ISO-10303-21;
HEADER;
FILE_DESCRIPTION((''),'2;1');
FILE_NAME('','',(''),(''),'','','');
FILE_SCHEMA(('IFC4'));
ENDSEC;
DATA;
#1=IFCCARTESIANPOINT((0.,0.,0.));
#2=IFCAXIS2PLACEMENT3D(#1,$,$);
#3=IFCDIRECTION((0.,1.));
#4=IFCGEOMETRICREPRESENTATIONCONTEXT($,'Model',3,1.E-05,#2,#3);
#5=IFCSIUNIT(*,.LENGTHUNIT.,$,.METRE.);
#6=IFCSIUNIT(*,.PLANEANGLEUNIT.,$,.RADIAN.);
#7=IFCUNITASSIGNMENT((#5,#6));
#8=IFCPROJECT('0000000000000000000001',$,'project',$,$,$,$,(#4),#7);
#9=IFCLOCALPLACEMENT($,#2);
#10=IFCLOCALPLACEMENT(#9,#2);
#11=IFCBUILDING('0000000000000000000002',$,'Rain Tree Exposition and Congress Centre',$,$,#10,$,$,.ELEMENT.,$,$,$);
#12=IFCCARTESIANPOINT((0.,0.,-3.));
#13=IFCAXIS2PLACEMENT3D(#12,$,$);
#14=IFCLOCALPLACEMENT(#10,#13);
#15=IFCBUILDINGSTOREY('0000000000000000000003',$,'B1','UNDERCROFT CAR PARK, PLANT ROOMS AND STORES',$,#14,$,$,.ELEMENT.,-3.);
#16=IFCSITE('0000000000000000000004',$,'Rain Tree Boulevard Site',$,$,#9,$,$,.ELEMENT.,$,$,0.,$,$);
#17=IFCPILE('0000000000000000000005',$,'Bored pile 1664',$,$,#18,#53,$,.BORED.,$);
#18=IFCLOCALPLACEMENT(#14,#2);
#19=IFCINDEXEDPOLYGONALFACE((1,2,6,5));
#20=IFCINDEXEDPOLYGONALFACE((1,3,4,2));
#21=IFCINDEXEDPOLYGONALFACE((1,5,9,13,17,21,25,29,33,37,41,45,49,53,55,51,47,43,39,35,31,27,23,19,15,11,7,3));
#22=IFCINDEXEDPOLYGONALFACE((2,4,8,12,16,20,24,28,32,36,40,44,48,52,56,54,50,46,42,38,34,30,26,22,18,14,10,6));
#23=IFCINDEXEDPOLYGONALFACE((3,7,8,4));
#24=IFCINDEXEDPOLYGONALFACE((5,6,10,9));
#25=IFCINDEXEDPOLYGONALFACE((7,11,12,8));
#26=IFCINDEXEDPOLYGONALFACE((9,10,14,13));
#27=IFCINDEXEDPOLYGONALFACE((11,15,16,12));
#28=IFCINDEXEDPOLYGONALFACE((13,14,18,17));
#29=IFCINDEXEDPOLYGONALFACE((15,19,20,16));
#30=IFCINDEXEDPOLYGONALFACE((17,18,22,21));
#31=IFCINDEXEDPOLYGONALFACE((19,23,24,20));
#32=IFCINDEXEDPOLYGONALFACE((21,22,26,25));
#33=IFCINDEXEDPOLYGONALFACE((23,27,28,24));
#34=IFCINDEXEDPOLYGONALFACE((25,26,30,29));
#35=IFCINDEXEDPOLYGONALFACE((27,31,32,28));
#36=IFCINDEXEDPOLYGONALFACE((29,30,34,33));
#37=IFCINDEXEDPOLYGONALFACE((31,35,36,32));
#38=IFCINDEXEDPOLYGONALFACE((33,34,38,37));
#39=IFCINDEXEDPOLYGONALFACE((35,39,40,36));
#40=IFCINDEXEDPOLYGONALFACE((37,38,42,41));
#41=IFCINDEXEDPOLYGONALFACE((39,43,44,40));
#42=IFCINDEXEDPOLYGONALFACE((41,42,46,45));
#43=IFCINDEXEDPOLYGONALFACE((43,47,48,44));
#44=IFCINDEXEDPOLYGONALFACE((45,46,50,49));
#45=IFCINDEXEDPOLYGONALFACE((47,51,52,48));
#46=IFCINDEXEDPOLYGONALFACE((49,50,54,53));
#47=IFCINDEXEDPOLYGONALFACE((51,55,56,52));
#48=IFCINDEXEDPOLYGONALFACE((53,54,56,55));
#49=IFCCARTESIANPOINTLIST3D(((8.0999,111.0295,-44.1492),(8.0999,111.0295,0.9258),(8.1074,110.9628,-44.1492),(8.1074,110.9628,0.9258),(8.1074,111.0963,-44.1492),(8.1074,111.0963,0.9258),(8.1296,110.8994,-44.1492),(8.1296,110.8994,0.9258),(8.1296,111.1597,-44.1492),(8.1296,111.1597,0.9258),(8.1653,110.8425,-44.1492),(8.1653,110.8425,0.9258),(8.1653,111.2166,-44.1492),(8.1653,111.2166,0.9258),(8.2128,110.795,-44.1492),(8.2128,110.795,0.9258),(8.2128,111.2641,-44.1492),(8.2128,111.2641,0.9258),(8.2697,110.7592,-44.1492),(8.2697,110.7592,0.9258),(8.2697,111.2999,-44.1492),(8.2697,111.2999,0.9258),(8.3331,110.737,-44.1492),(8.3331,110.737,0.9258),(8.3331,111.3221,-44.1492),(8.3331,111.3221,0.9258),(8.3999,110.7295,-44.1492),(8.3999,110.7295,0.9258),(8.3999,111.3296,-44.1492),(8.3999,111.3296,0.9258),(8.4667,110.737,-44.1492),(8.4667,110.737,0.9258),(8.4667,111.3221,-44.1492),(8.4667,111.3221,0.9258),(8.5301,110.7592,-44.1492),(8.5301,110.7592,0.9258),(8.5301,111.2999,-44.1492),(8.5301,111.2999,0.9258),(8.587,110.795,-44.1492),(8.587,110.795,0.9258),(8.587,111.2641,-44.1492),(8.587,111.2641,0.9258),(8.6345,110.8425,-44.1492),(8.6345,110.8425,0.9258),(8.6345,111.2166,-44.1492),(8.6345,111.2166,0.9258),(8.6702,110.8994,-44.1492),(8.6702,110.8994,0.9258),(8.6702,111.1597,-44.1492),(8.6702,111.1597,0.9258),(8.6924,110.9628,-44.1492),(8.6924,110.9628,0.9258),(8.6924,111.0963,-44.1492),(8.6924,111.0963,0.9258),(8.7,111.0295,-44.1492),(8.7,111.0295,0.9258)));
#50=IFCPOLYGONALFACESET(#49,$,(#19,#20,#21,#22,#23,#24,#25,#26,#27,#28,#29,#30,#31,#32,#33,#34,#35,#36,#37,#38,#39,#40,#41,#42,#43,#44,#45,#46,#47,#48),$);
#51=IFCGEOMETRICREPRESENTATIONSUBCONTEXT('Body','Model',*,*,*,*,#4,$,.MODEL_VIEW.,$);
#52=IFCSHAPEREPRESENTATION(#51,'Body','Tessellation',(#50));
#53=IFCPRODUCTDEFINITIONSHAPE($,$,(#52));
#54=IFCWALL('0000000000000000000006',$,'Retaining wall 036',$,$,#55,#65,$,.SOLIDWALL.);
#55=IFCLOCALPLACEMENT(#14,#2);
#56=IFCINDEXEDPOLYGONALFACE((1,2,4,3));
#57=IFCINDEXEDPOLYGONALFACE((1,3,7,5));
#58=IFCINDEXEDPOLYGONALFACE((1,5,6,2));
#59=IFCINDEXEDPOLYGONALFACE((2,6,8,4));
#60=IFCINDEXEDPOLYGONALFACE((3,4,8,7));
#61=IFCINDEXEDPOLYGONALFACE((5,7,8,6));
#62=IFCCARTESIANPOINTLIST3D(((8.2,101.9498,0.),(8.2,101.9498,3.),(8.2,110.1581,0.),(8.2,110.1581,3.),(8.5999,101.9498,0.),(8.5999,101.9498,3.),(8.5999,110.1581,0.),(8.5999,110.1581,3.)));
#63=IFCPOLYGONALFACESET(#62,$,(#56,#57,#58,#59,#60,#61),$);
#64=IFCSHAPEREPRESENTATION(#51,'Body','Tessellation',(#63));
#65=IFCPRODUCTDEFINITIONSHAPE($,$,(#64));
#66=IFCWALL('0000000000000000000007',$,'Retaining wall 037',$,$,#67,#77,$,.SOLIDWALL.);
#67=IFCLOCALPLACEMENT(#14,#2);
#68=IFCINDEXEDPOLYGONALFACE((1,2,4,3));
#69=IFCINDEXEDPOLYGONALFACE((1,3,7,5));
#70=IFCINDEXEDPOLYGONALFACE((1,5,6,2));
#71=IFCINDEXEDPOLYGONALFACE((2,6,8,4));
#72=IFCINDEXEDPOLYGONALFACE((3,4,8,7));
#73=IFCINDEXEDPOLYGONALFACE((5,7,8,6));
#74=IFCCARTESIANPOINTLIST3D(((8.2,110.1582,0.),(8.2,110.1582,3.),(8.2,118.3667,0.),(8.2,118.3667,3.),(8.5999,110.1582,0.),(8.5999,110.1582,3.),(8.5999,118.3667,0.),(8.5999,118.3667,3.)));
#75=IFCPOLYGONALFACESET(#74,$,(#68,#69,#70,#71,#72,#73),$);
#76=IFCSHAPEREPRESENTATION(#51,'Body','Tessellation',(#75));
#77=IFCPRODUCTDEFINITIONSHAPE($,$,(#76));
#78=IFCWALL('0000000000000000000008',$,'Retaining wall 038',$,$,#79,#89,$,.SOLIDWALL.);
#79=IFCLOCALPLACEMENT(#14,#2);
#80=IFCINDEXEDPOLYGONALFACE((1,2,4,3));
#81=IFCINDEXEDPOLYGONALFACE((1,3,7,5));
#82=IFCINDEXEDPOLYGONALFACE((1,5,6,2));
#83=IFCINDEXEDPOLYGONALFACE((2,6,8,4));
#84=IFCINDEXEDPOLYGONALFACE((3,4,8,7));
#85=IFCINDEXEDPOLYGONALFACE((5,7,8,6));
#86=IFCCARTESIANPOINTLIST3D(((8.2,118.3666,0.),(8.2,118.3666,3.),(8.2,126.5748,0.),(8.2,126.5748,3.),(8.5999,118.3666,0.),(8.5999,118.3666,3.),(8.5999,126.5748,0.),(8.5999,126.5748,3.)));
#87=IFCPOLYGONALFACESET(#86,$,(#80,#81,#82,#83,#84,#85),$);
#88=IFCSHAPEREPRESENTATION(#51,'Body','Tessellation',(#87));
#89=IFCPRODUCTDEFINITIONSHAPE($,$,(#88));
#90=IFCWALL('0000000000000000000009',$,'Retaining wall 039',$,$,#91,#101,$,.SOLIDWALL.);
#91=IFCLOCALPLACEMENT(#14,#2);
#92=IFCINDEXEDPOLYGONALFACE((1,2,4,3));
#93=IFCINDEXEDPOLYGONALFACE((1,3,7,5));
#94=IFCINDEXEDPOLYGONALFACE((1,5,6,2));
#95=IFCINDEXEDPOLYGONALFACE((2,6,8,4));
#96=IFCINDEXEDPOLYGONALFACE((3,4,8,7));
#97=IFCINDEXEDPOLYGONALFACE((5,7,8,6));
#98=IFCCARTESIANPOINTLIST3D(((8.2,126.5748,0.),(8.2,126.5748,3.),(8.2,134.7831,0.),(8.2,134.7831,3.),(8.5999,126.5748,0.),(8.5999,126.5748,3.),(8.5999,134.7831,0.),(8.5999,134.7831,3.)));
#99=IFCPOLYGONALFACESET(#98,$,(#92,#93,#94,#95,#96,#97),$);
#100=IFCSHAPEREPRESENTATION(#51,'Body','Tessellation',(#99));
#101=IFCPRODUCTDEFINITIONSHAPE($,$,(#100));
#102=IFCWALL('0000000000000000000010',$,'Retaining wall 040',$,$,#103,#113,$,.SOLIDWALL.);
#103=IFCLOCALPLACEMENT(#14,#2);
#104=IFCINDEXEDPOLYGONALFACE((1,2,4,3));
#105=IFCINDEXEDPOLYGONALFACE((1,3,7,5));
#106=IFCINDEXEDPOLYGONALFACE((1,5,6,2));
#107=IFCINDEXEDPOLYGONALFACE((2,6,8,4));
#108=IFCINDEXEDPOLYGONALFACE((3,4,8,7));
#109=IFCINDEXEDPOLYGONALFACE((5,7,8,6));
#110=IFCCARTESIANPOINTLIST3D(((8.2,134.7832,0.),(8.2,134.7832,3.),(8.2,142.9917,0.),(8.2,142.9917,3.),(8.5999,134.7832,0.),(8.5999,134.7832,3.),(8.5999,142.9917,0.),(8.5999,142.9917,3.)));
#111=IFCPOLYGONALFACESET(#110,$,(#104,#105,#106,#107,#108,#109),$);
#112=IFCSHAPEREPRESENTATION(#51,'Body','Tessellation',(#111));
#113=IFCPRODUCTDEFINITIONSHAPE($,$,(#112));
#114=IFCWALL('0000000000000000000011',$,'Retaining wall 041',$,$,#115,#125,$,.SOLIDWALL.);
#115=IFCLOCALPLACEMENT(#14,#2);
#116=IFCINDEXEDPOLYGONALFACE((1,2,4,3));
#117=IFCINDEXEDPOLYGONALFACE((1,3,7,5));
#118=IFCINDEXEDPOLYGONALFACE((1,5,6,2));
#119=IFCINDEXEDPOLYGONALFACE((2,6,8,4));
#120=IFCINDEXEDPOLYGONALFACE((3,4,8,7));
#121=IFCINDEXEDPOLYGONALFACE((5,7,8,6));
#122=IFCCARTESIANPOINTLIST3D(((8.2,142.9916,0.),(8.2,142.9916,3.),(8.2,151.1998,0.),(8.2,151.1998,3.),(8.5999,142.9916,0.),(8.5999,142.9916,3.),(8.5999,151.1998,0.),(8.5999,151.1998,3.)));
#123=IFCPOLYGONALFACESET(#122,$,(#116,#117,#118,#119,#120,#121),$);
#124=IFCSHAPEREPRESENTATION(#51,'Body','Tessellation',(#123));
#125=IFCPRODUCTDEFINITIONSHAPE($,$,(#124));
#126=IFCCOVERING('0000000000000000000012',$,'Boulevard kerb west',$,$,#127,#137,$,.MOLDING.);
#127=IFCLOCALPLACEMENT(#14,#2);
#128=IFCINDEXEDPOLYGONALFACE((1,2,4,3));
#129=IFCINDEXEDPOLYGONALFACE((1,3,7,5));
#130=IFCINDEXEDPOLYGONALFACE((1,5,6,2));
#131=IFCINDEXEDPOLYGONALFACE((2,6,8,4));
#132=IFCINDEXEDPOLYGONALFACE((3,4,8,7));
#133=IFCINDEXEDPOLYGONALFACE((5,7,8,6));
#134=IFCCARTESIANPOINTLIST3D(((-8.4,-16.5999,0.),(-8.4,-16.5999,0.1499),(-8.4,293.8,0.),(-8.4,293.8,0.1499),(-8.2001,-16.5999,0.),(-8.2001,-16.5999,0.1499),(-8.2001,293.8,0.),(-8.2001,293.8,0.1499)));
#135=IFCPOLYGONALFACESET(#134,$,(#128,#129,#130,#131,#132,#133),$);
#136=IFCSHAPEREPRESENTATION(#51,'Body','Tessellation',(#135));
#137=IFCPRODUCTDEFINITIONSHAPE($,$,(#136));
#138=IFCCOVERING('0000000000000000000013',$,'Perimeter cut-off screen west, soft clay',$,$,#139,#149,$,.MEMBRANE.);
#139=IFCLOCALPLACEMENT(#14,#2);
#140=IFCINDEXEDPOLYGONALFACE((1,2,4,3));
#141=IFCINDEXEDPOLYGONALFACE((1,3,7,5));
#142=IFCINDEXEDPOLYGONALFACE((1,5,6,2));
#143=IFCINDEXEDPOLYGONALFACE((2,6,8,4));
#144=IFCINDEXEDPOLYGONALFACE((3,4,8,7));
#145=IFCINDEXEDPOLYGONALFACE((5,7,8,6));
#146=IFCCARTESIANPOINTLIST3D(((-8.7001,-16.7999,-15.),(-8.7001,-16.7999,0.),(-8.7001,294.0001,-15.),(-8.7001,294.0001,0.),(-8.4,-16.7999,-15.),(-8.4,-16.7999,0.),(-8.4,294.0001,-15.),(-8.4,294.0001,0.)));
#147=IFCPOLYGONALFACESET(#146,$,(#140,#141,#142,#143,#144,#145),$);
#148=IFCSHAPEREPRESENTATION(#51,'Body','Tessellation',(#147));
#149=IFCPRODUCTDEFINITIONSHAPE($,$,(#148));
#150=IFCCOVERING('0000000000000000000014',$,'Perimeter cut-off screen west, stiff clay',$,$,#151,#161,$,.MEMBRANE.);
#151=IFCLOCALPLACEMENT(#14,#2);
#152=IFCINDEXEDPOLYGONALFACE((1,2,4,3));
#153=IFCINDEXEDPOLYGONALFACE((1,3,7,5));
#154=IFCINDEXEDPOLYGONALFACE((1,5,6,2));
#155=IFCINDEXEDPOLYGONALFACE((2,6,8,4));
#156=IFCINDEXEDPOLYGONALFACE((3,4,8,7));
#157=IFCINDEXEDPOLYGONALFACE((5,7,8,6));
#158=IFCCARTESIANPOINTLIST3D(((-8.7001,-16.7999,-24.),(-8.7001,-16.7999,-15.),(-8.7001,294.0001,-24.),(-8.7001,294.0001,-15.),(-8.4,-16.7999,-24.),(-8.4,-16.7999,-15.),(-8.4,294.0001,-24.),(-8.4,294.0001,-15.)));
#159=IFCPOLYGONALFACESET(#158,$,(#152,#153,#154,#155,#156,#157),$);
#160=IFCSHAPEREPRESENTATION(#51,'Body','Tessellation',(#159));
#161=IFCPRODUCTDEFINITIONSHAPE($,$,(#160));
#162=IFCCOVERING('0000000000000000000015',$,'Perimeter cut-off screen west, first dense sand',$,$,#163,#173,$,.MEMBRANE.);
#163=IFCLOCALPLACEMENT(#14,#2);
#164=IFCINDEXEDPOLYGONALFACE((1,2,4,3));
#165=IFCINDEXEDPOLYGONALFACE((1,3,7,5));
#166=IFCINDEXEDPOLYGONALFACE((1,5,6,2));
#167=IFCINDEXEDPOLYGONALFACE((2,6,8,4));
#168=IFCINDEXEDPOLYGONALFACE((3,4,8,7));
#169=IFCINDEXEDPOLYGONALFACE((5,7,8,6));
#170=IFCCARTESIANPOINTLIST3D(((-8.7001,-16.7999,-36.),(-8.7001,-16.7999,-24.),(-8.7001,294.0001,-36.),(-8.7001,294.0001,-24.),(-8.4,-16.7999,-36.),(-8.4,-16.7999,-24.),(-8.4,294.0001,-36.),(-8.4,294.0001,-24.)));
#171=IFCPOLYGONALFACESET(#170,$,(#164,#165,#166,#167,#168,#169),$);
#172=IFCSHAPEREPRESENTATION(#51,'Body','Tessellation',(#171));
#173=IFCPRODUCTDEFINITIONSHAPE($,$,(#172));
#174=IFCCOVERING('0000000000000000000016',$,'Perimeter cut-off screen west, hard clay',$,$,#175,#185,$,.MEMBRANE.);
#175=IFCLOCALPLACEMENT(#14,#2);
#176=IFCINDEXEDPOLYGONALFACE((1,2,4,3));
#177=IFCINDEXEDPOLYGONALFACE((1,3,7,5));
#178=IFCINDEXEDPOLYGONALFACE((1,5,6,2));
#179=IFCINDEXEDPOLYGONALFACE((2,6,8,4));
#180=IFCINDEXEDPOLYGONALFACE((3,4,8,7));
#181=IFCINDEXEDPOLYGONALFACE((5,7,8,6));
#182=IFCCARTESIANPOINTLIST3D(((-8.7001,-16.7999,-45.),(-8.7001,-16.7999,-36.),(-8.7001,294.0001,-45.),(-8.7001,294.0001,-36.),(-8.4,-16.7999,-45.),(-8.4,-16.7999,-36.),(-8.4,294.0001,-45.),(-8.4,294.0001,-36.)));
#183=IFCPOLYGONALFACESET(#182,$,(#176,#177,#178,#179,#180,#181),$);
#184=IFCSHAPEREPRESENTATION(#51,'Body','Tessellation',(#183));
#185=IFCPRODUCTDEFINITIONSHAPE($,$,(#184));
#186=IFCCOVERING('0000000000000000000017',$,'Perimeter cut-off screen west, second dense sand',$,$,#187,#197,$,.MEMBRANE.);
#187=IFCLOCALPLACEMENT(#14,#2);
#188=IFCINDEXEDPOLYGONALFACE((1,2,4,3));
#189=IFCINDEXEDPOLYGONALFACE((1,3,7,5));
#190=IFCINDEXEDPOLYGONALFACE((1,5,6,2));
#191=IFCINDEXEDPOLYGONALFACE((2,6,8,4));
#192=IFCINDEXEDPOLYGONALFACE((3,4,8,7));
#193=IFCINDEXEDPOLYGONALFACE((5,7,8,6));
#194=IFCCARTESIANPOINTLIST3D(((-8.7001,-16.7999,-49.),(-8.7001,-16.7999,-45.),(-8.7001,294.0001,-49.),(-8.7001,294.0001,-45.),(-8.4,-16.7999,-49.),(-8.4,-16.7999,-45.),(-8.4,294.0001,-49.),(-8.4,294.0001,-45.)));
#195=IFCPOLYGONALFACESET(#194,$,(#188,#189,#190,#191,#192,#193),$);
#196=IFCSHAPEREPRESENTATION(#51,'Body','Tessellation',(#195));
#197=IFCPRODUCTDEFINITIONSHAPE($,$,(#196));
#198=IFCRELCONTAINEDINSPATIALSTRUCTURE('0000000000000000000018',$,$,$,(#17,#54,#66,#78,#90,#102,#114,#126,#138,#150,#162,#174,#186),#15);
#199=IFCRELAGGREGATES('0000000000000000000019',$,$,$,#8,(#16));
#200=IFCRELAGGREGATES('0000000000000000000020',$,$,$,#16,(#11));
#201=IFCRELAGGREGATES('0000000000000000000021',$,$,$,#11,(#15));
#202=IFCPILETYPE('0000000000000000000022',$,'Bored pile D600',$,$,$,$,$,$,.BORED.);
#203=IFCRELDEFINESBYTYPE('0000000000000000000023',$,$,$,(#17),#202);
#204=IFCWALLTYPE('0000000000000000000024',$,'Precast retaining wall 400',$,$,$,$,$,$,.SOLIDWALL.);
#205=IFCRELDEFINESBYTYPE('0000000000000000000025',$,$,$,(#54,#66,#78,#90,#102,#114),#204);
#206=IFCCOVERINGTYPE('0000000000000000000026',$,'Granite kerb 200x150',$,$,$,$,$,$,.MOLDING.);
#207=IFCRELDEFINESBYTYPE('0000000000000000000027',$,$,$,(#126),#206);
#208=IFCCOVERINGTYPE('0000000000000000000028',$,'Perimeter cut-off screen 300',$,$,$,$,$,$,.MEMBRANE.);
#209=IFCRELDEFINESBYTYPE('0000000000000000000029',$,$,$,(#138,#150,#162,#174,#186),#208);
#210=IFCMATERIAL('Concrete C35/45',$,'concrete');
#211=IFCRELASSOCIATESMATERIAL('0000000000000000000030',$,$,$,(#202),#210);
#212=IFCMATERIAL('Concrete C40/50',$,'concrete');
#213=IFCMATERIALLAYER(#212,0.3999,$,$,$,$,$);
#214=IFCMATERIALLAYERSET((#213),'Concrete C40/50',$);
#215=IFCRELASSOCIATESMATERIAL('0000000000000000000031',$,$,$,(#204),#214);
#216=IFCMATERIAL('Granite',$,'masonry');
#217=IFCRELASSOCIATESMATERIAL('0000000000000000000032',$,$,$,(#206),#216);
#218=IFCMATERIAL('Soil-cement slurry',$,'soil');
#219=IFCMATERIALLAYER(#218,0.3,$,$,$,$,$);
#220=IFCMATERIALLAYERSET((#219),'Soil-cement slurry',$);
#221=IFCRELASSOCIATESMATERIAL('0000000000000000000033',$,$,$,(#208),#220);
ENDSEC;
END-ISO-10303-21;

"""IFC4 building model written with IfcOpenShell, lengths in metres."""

from ifc_helpers import new_model, si_unit, direction, frame, frame_2d, origin, origin_2d, place, context, subcontext, project, spatial, rectangle, circle, extrude, material, layer, layer_set, material_profile, profile_set, type_object, element, save


model = new_model("IFC4")

# Units and contexts
model_context = context("Model", 3, precision=1e-05, world=origin(), true_north=direction((0.0, 1.0)))
body_context = subcontext(model_context, "Body", "Model", "MODEL_VIEW")
ifc_project = project(units=[si_unit("LENGTHUNIT", "METRE"), si_unit("PLANEANGLEUNIT", "RADIAN")], contexts=[model_context])

# Site, building, storey
site_placement = place(None, origin())
site = spatial("IfcSite", under=ifc_project, at=site_placement, Name="Rain Tree Boulevard Site", CompositionType="ELEMENT", RefElevation=0.0)
building_placement = place(site_placement, origin())
building = spatial("IfcBuilding", under=site, at=building_placement, Name="Rain Tree Exposition and Congress Centre", CompositionType="ELEMENT")
storey_placement = place(building_placement, frame((0.0, 0.0, -3.0)))
storey = spatial("IfcBuildingStorey", under=building, at=storey_placement, Name="B1", Description="UNDERCROFT CAR PARK, PLANT ROOMS AND STORES", CompositionType="ELEMENT", Elevation=-3.0)

# Pile
ifc_material_1 = material(Name="Concrete C35/45", Category="concrete")
ifc_material_profile_1 = material_profile(ifc_material_1, circle(Radius=0.3, at=origin_2d()), Name="D600")
ifc_profile_set_1 = profile_set([ifc_material_profile_1], Name="Concrete C35/45")
pile_type_1 = type_object("IfcPileType", Name="Bored pile D600", PredefinedType="BORED", material=ifc_profile_set_1)
for number, where, z_axis, x_axis, name in (
    (1, (8.3999, 111.0295, 0.9258), (0.0, 0.0, -1.0), (1.0, 0.0, 0.0), "Bored pile 1664"),
):
    element("IfcPile", number, at=place(storey_placement, frame(where, z_axis=z_axis, x_axis=x_axis)), inside=storey, type_object=pile_type_1, Name=name, PredefinedType="BORED", context=body_context, shape_type="SweptSolid", body=[
        extrude(circle(Radius=0.3, at=origin_2d()), origin(), (0.0, 0.0, 1.0), 45.075),
    ])

# Walls
ifc_material_2 = material(Name="Concrete C40/50", Category="concrete")
ifc_layer_1 = layer(ifc_material_2, 0.3999)
ifc_layer_set_1 = layer_set([ifc_layer_1], Name="Concrete C40/50")
wall_type = type_object("IfcWallType", Name="Precast retaining wall 400", PredefinedType="SOLIDWALL", material=ifc_layer_set_1)
wall_1_placement = place(storey_placement, frame((8.3999, 101.95, 0.0), z_axis=(0.0, 0.0, 1.0), x_axis=(0.0, 1.0, 0.0)))
element("IfcWall", 2, at=wall_1_placement, inside=storey, type_object=wall_type, Name="Retaining wall 036", PredefinedType="SOLIDWALL", context=body_context, shape_type="SweptSolid", body=[
    extrude(rectangle(XDim=8.2083, YDim=0.3999, at=frame_2d((4.104, 0.0))), origin(), (0.0, 0.0, 1.0), 3.0),
])
wall_2_placement = place(storey_placement, frame((8.3999, 110.1582, 0.0), z_axis=(0.0, 0.0, 1.0), x_axis=(0.0, 1.0, 0.0)))
element("IfcWall", 3, at=wall_2_placement, inside=storey, type_object=wall_type, Name="Retaining wall 037", PredefinedType="SOLIDWALL", context=body_context, shape_type="SweptSolid", body=[
    extrude(rectangle(XDim=8.2085, YDim=0.3999, at=frame_2d((4.1042, 0.0))), origin(), (0.0, 0.0, 1.0), 3.0),
])
for number, where, z_axis, x_axis, name in (
    (4, (8.3999, 118.3667, 0.0), (0.0, 0.0, 1.0), (0.0, 1.0, 0.0), "Retaining wall 038"),
    (5, (8.3999, 126.575, 0.0), (0.0, 0.0, 1.0), (0.0, 1.0, 0.0), "Retaining wall 039"),
):
    element("IfcWall", number, at=place(storey_placement, frame(where, z_axis=z_axis, x_axis=x_axis)), inside=storey, type_object=wall_type, Name=name, PredefinedType="SOLIDWALL", context=body_context, shape_type="SweptSolid", body=[
        extrude(rectangle(XDim=8.2083, YDim=0.3999, at=frame_2d((4.104, 0.0))), origin(), (0.0, 0.0, 1.0), 3.0),
    ])
wall_3_placement = place(storey_placement, frame((8.3999, 134.7832, 0.0), z_axis=(0.0, 0.0, 1.0), x_axis=(0.0, 1.0, 0.0)))
element("IfcWall", 6, at=wall_3_placement, inside=storey, type_object=wall_type, Name="Retaining wall 040", PredefinedType="SOLIDWALL", context=body_context, shape_type="SweptSolid", body=[
    extrude(rectangle(XDim=8.2085, YDim=0.3999, at=frame_2d((4.1042, 0.0))), origin(), (0.0, 0.0, 1.0), 3.0),
])
wall_4_placement = place(storey_placement, frame((8.3999, 142.9917, 0.0), z_axis=(0.0, 0.0, 1.0), x_axis=(0.0, 1.0, 0.0)))
element("IfcWall", 7, at=wall_4_placement, inside=storey, type_object=wall_type, Name="Retaining wall 041", PredefinedType="SOLIDWALL", context=body_context, shape_type="SweptSolid", body=[
    extrude(rectangle(XDim=8.2083, YDim=0.3999, at=frame_2d((4.104, 0.0))), origin(), (0.0, 0.0, 1.0), 3.0),
])

# Coverings
ifc_material_3 = material(Name="Granite", Category="masonry")
covering_type_1 = type_object("IfcCoveringType", Name="Granite kerb 200x150", PredefinedType="MOLDING", material=ifc_material_3)
covering_1_placement = place(storey_placement, frame((-8.3, 138.6001, 0.0), z_axis=(0.0, 0.0, 1.0), x_axis=(1.0, 0.0, 0.0)))
element("IfcCovering", 8, at=covering_1_placement, inside=storey, type_object=covering_type_1, Name="Boulevard kerb west", PredefinedType="MOLDING", context=body_context, shape_type="SweptSolid", body=[
    extrude(rectangle(XDim=0.2, YDim=310.3999, at=origin_2d()), origin(), (0.0, 0.0, 1.0), 0.1499),
])
ifc_material_4 = material(Name="Soil-cement slurry", Category="soil")
ifc_layer_2 = layer(ifc_material_4, 0.3)
ifc_layer_set_2 = layer_set([ifc_layer_2], Name="Soil-cement slurry")
covering_type_2 = type_object("IfcCoveringType", Name="Perimeter cut-off screen 300", PredefinedType="MEMBRANE", material=ifc_layer_set_2)
covering_2_placement = place(storey_placement, frame((-8.55, 138.6001, -15.0), z_axis=(0.0, 0.0, 1.0), x_axis=(1.0, 0.0, 0.0)))
element("IfcCovering", 9, at=covering_2_placement, inside=storey, type_object=covering_type_2, Name="Perimeter cut-off screen west, soft clay", PredefinedType="MEMBRANE", context=body_context, shape_type="SweptSolid", body=[
    extrude(rectangle(XDim=0.3, YDim=310.8, at=origin_2d()), origin(), (0.0, 0.0, 1.0), 15.0),
])
covering_3_placement = place(storey_placement, frame((-8.55, 138.6001, -24.0), z_axis=(0.0, 0.0, 1.0), x_axis=(1.0, 0.0, 0.0)))
element("IfcCovering", 10, at=covering_3_placement, inside=storey, type_object=covering_type_2, Name="Perimeter cut-off screen west, stiff clay", PredefinedType="MEMBRANE", context=body_context, shape_type="SweptSolid", body=[
    extrude(rectangle(XDim=0.3, YDim=310.8, at=origin_2d()), origin(), (0.0, 0.0, 1.0), 9.0),
])
covering_4_placement = place(storey_placement, frame((-8.55, 138.6001, -36.0), z_axis=(0.0, 0.0, 1.0), x_axis=(1.0, 0.0, 0.0)))
element("IfcCovering", 11, at=covering_4_placement, inside=storey, type_object=covering_type_2, Name="Perimeter cut-off screen west, first dense sand", PredefinedType="MEMBRANE", context=body_context, shape_type="SweptSolid", body=[
    extrude(rectangle(XDim=0.3, YDim=310.8, at=origin_2d()), origin(), (0.0, 0.0, 1.0), 12.0),
])
covering_5_placement = place(storey_placement, frame((-8.55, 138.6001, -45.0), z_axis=(0.0, 0.0, 1.0), x_axis=(1.0, 0.0, 0.0)))
element("IfcCovering", 12, at=covering_5_placement, inside=storey, type_object=covering_type_2, Name="Perimeter cut-off screen west, hard clay", PredefinedType="MEMBRANE", context=body_context, shape_type="SweptSolid", body=[
    extrude(rectangle(XDim=0.3, YDim=310.8, at=origin_2d()), origin(), (0.0, 0.0, 1.0), 9.0),
])
covering_6_placement = place(storey_placement, frame((-8.55, 138.6001, -49.0), z_axis=(0.0, 0.0, 1.0), x_axis=(1.0, 0.0, 0.0)))
element("IfcCovering", 13, at=covering_6_placement, inside=storey, type_object=covering_type_2, Name="Perimeter cut-off screen west, second dense sand", PredefinedType="MEMBRANE", context=body_context, shape_type="SweptSolid", body=[
    extrude(rectangle(XDim=0.3, YDim=310.8, at=origin_2d()), origin(), (0.0, 0.0, 1.0), 4.0),
])

save(model, "model.ifc")
